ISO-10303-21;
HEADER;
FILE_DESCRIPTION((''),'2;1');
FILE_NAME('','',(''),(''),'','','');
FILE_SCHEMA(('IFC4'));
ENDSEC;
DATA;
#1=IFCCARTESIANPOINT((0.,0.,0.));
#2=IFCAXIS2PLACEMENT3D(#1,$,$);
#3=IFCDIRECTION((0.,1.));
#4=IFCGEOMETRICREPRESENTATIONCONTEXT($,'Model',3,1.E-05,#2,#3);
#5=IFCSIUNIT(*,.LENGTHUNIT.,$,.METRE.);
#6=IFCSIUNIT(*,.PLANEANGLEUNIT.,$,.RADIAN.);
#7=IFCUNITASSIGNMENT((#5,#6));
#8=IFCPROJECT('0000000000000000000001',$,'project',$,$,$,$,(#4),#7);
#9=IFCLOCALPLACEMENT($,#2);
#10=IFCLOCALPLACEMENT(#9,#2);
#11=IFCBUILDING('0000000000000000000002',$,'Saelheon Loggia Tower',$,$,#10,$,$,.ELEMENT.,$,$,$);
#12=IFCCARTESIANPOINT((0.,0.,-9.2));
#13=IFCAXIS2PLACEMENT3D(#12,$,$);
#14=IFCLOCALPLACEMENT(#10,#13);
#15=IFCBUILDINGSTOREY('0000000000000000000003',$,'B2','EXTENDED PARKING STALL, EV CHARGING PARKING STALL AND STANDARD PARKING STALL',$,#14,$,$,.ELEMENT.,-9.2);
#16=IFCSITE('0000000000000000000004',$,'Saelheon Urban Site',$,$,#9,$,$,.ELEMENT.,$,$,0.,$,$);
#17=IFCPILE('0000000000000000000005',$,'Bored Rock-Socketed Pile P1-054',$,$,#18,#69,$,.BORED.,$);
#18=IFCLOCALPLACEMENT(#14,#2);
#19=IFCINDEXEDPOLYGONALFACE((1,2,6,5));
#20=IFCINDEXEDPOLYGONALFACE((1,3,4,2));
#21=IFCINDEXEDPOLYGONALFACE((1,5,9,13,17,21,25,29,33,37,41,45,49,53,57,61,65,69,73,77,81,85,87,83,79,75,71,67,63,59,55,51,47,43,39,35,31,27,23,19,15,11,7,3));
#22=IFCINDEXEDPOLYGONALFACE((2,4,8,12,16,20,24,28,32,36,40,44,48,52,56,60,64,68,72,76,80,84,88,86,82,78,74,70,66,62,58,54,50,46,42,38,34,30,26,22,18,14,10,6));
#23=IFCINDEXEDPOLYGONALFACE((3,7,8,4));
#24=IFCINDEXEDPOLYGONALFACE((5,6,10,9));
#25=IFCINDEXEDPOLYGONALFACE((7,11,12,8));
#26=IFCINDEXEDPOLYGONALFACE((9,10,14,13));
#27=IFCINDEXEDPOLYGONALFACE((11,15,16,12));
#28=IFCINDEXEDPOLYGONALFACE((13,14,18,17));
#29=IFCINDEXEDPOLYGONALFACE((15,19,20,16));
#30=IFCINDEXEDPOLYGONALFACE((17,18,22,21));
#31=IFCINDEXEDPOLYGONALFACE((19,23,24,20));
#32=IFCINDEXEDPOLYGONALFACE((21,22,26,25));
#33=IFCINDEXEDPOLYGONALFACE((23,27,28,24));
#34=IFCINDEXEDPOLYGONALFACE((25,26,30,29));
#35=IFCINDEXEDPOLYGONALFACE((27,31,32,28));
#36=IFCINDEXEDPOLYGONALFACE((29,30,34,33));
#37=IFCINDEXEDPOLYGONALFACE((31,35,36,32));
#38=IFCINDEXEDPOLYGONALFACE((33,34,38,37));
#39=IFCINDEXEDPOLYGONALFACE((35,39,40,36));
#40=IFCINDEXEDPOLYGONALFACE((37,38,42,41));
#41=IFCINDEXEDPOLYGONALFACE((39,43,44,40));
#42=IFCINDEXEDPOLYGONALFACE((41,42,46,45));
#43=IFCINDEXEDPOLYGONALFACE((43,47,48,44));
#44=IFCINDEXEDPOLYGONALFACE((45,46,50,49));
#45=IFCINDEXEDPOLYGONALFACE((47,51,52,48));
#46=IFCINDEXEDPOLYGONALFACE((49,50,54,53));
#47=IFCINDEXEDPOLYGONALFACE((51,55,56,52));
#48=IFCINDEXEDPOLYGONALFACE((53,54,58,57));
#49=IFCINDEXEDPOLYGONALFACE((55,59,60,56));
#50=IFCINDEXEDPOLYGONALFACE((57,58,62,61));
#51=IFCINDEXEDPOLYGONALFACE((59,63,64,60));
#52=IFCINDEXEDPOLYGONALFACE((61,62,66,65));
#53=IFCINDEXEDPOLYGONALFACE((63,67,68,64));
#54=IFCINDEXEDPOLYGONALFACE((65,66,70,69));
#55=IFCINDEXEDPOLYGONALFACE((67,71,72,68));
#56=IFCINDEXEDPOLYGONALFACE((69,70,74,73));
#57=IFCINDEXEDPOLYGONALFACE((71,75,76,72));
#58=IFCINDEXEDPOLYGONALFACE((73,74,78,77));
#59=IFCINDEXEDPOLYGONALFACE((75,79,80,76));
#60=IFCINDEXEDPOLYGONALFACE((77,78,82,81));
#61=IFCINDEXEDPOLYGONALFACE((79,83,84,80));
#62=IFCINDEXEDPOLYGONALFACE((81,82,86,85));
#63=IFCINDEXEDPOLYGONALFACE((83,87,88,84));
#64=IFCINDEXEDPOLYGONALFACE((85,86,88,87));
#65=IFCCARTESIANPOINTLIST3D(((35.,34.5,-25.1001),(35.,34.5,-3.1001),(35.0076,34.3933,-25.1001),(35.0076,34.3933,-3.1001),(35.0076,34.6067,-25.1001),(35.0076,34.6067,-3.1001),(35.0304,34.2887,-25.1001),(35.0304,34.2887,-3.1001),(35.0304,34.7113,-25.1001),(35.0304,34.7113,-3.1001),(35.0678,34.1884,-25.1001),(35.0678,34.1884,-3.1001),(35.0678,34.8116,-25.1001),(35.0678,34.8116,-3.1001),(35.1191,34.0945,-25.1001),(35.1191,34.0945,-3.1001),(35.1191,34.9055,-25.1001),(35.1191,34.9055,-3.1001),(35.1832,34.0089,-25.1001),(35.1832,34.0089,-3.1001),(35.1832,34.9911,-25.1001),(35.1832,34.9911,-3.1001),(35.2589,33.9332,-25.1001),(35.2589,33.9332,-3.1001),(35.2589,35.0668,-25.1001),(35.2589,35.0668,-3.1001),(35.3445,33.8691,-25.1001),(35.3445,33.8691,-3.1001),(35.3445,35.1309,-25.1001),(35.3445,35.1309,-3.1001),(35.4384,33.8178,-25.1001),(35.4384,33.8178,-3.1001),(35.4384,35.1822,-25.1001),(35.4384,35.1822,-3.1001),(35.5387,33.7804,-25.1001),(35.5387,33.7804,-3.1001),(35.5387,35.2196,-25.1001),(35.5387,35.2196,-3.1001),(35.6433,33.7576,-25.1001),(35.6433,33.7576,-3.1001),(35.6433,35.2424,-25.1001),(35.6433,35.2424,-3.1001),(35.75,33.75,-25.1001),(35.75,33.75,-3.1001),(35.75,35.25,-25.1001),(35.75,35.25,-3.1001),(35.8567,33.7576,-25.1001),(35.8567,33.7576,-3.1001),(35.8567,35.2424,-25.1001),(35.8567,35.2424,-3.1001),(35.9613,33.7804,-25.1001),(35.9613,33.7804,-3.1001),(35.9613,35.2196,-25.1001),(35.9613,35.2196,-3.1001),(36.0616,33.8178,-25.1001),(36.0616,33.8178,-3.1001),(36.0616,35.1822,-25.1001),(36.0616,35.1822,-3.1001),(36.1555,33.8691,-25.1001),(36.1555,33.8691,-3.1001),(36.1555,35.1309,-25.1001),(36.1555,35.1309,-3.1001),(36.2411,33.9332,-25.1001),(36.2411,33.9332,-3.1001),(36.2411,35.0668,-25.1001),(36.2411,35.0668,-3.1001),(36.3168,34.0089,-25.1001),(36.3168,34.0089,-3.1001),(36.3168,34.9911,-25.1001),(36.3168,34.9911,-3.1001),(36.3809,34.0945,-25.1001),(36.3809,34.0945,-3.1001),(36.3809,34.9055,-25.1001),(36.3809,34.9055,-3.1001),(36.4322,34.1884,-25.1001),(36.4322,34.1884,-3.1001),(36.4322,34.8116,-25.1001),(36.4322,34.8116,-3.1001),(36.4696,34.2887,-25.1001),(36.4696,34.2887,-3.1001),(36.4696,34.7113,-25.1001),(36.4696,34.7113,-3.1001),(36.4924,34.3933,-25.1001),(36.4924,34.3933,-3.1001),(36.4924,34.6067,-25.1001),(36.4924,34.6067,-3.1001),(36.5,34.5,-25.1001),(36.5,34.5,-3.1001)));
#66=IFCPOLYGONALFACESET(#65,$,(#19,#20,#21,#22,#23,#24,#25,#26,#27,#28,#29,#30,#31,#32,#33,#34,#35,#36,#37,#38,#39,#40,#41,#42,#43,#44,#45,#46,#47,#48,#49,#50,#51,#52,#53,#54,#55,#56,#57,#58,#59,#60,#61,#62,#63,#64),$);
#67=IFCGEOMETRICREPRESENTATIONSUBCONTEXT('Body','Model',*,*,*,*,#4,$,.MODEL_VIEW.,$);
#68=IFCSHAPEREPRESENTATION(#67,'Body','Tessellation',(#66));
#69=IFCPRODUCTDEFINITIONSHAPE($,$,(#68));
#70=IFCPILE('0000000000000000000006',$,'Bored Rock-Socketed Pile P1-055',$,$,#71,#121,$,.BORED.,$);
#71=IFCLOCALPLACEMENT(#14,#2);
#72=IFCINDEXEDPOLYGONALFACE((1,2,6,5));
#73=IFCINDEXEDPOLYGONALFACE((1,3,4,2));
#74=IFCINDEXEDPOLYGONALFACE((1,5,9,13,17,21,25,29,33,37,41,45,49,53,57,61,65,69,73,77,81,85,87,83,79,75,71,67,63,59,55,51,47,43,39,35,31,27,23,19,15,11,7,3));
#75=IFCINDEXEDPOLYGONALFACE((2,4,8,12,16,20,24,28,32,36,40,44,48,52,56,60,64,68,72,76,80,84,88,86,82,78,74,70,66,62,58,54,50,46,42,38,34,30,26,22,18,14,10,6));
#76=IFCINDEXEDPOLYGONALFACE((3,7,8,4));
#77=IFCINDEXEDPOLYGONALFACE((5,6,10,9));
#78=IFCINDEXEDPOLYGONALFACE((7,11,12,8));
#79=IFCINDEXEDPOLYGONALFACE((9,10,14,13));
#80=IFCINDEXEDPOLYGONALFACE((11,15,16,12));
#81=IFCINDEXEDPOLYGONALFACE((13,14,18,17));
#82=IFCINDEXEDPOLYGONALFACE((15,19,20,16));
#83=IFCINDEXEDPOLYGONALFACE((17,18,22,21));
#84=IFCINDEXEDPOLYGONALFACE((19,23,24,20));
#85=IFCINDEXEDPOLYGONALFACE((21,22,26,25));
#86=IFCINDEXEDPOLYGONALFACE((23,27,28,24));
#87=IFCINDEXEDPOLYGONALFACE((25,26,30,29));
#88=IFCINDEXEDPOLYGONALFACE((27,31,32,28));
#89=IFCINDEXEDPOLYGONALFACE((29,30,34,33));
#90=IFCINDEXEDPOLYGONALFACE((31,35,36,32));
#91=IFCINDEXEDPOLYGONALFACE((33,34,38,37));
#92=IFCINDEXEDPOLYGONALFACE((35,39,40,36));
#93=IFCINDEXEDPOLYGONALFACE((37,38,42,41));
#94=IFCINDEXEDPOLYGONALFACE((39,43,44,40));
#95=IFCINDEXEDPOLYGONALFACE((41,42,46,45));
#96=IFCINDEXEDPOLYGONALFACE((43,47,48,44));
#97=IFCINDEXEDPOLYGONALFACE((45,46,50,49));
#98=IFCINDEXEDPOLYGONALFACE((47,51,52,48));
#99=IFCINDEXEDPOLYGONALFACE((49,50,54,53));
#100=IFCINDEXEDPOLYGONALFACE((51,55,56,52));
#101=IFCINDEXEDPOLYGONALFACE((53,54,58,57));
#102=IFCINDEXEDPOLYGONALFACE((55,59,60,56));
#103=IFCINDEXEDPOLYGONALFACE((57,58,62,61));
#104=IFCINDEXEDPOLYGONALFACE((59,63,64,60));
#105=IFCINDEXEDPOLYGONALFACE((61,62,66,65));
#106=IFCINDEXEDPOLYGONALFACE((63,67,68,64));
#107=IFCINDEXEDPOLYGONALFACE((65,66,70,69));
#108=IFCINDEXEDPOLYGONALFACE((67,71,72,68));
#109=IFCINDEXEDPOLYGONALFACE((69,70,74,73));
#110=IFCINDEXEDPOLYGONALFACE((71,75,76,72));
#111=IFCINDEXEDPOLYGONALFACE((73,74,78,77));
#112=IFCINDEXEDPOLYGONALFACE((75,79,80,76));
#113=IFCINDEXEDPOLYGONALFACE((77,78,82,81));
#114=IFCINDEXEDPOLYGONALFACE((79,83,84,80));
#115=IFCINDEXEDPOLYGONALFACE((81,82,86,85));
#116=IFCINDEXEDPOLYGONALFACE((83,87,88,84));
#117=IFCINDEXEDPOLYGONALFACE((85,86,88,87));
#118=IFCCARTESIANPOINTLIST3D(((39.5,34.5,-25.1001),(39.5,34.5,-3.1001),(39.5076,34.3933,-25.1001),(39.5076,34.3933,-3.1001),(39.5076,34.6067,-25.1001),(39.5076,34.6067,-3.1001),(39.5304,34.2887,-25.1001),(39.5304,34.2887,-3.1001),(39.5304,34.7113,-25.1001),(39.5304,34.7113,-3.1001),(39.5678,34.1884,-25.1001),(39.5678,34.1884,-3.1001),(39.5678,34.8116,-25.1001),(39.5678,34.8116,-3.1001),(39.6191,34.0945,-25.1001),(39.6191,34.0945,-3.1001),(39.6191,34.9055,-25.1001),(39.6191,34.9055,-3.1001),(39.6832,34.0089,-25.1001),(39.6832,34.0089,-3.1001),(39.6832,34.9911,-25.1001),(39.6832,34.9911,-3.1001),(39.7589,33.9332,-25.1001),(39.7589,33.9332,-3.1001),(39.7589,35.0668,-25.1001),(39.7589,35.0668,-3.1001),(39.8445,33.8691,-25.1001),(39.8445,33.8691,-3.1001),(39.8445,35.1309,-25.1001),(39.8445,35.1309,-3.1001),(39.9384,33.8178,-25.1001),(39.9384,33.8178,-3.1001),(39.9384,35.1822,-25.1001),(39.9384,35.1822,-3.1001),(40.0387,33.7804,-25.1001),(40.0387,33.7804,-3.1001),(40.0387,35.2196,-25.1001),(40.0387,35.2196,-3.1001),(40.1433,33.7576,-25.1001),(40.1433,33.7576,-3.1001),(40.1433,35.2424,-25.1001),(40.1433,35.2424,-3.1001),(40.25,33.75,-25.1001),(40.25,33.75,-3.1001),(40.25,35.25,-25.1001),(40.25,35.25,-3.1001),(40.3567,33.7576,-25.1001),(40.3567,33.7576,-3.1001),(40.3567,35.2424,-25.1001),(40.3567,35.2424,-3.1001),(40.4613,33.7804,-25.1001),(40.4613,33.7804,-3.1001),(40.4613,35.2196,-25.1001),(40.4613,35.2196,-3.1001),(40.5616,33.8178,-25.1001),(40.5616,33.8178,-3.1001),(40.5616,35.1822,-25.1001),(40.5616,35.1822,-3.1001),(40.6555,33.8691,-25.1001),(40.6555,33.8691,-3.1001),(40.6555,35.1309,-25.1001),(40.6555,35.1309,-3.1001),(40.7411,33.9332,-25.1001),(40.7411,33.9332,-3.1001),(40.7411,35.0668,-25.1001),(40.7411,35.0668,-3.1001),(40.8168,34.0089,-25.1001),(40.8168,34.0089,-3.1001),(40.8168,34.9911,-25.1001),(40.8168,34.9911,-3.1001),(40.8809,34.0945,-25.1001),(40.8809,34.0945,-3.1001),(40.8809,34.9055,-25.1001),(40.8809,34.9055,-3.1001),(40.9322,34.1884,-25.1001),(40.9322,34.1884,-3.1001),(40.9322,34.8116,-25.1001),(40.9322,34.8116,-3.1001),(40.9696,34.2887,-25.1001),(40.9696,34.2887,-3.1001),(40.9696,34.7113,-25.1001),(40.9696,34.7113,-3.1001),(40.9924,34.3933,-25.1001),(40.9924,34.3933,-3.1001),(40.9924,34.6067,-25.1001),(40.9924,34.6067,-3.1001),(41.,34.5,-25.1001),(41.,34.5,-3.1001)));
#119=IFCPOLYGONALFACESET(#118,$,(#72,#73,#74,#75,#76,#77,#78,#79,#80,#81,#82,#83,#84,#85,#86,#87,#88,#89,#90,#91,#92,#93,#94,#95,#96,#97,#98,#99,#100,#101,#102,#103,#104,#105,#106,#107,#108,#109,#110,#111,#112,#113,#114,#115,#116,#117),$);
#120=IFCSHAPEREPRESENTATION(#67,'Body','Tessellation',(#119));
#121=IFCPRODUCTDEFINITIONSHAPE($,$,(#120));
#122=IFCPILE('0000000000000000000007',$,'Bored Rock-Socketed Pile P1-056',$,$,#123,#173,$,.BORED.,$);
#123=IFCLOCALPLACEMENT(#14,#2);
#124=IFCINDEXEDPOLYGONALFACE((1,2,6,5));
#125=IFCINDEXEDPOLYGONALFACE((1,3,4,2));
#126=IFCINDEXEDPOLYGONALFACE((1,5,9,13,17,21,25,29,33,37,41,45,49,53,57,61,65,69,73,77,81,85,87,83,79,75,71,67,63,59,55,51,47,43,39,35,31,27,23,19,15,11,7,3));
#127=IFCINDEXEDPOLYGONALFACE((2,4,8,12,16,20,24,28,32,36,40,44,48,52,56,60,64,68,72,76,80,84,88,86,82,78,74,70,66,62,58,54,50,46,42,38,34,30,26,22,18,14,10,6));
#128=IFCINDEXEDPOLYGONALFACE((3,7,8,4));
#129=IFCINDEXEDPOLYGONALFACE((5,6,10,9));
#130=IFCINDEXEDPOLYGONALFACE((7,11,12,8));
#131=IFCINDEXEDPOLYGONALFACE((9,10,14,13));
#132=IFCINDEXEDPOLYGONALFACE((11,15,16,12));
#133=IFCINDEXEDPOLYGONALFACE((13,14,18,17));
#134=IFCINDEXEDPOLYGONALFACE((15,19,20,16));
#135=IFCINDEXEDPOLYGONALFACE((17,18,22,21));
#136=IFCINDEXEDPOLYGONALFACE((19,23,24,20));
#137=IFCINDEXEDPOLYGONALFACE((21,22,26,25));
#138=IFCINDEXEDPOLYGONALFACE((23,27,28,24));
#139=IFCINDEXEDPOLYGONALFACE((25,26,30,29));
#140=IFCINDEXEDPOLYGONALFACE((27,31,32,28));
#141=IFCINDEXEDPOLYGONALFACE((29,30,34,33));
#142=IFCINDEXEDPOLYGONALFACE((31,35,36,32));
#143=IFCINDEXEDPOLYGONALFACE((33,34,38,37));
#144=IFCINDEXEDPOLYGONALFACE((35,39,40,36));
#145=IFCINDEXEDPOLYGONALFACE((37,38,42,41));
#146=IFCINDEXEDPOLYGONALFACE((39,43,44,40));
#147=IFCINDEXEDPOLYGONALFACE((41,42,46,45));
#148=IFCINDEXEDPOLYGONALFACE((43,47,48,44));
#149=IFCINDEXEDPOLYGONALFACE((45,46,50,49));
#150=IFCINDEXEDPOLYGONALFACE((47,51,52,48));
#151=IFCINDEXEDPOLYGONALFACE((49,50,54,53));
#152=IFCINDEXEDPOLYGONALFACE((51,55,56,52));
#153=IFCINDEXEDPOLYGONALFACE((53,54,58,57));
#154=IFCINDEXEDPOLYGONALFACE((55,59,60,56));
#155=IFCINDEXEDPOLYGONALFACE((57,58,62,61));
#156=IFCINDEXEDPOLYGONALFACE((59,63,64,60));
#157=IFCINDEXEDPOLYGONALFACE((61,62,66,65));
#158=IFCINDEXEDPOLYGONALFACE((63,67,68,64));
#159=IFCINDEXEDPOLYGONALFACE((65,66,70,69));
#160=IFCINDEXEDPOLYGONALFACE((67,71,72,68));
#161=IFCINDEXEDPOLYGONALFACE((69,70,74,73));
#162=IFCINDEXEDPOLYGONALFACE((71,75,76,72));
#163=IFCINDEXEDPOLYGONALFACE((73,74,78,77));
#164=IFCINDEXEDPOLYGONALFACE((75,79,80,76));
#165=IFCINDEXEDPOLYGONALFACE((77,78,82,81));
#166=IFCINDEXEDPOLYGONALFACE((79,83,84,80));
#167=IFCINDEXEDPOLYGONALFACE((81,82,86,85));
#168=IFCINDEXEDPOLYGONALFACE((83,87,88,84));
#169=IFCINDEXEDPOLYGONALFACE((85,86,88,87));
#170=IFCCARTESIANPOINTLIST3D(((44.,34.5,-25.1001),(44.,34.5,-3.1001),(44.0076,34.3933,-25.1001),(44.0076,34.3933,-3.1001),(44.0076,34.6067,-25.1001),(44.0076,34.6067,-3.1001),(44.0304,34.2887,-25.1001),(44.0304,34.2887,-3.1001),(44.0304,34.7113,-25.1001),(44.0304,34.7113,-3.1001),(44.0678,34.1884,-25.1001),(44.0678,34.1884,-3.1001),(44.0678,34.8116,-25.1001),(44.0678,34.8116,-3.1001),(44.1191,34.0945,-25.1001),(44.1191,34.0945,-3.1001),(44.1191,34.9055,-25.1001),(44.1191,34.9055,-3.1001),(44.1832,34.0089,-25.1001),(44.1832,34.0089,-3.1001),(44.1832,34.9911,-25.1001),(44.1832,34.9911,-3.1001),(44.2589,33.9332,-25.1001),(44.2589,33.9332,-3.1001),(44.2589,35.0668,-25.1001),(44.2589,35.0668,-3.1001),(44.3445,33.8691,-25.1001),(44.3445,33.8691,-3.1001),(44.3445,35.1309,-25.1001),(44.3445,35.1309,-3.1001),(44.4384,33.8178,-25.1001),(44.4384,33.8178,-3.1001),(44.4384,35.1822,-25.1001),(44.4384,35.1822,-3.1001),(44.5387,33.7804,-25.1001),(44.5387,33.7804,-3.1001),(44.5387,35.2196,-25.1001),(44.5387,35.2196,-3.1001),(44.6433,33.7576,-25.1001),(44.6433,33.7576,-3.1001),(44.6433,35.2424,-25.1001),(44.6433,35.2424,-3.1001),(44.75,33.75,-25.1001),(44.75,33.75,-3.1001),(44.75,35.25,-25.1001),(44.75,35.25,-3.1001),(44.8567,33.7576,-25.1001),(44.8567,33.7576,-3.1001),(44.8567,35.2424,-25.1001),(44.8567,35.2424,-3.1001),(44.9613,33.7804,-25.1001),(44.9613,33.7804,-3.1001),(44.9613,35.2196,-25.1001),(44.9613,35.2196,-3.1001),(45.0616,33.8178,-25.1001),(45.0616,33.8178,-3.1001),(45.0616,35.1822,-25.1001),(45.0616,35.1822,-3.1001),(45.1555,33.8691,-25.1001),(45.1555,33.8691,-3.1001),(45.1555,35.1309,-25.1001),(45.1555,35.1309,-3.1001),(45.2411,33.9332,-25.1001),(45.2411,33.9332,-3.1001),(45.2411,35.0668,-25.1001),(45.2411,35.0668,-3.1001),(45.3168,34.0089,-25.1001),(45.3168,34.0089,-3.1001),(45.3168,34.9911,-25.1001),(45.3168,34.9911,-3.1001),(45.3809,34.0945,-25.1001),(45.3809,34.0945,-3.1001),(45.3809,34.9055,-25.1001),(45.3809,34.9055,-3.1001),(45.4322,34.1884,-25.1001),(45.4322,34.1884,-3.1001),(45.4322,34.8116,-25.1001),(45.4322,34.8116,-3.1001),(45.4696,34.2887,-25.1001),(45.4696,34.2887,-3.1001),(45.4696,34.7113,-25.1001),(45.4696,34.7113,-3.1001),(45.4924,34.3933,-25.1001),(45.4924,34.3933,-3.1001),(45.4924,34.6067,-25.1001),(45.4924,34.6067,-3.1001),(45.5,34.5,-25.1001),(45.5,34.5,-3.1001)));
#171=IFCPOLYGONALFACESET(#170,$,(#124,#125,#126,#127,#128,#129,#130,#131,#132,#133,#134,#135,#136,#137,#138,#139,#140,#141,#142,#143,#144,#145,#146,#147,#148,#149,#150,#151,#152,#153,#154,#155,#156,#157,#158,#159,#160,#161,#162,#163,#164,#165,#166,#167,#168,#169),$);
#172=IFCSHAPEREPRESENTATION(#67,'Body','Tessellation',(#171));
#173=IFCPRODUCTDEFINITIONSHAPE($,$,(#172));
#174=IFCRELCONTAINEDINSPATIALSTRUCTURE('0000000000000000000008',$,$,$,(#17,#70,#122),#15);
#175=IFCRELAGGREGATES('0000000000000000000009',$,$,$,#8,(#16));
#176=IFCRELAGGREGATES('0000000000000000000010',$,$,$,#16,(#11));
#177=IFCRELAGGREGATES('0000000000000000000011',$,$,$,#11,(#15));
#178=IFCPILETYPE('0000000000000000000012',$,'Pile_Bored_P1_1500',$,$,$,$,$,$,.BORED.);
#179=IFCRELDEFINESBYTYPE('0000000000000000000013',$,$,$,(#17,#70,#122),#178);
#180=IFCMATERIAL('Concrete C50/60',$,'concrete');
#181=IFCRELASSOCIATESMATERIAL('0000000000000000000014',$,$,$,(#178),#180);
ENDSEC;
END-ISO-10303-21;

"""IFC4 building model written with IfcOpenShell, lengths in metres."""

from ifc_helpers import new_model, si_unit, direction, frame, origin, origin_2d, place, context, subcontext, project, spatial, circle, extrude, source, transform, mapped, material, material_profile, profile_set, type_object, element, save


model = new_model("IFC4")

# Units and contexts
model_context = context("Model", 3, precision=1e-05, world=origin(), true_north=direction((0.0, 1.0)))
body_context = subcontext(model_context, "Body", "Model", "MODEL_VIEW")
ifc_project = project(units=[si_unit("LENGTHUNIT", "METRE"), si_unit("PLANEANGLEUNIT", "RADIAN")], contexts=[model_context])

# Site, building, storey
site_placement = place(None, origin())
site = spatial("IfcSite", under=ifc_project, at=site_placement, Name="Saelheon Urban Site", CompositionType="ELEMENT", RefElevation=0.0)
building_placement = place(site_placement, origin())
building = spatial("IfcBuilding", under=site, at=building_placement, Name="Saelheon Loggia Tower", CompositionType="ELEMENT")
storey_placement = place(building_placement, frame((0.0, 0.0, -9.2)))
storey = spatial("IfcBuildingStorey", under=building, at=storey_placement, Name="B2", Description="EXTENDED PARKING STALL, EV CHARGING PARKING STALL AND STANDARD PARKING STALL", CompositionType="ELEMENT", Elevation=-9.2)

# Piles
ifc_material_1 = material(Name="Concrete C50/60", Category="concrete")
ifc_material_profile_1 = material_profile(ifc_material_1, circle(Radius=0.75, at=origin_2d()), Name="CIRC-1500")
ifc_profile_set_1 = profile_set([ifc_material_profile_1], Name="Concrete C50/60")
pile_type = type_object("IfcPileType", Name="Pile_Bored_P1_1500", PredefinedType="BORED", material=ifc_profile_set_1)
shared_shape_1 = source(origin(), body_context, "Body", "SweptSolid", [
    extrude(circle(Radius=0.75, at=origin_2d()), origin(), (0.0, 0.0, 1.0), 22.0),
])
for number, where, z_axis, x_axis, name in (
    (1, (35.75, 34.5, -3.1001), (0.0, 0.0, -1.0), (1.0, 0.0, 0.0), "Bored Rock-Socketed Pile P1-054"),
    (2, (40.25, 34.5, -3.1001), (0.0, 0.0, -1.0), (1.0, 0.0, 0.0), "Bored Rock-Socketed Pile P1-055"),
    (3, (44.75, 34.5, -3.1001), (0.0, 0.0, -1.0), (1.0, 0.0, 0.0), "Bored Rock-Socketed Pile P1-056"),
):
    element("IfcPile", number, at=place(storey_placement, frame(where, z_axis=z_axis, x_axis=x_axis)), inside=storey, type_object=pile_type, Name=name, PredefinedType="BORED", context=body_context, shape_type="MappedRepresentation", body=[
        mapped(shared_shape_1, transform((0.0, 0.0, 0.0), scale=1.0)),
    ])

save(model, "model.ifc")
